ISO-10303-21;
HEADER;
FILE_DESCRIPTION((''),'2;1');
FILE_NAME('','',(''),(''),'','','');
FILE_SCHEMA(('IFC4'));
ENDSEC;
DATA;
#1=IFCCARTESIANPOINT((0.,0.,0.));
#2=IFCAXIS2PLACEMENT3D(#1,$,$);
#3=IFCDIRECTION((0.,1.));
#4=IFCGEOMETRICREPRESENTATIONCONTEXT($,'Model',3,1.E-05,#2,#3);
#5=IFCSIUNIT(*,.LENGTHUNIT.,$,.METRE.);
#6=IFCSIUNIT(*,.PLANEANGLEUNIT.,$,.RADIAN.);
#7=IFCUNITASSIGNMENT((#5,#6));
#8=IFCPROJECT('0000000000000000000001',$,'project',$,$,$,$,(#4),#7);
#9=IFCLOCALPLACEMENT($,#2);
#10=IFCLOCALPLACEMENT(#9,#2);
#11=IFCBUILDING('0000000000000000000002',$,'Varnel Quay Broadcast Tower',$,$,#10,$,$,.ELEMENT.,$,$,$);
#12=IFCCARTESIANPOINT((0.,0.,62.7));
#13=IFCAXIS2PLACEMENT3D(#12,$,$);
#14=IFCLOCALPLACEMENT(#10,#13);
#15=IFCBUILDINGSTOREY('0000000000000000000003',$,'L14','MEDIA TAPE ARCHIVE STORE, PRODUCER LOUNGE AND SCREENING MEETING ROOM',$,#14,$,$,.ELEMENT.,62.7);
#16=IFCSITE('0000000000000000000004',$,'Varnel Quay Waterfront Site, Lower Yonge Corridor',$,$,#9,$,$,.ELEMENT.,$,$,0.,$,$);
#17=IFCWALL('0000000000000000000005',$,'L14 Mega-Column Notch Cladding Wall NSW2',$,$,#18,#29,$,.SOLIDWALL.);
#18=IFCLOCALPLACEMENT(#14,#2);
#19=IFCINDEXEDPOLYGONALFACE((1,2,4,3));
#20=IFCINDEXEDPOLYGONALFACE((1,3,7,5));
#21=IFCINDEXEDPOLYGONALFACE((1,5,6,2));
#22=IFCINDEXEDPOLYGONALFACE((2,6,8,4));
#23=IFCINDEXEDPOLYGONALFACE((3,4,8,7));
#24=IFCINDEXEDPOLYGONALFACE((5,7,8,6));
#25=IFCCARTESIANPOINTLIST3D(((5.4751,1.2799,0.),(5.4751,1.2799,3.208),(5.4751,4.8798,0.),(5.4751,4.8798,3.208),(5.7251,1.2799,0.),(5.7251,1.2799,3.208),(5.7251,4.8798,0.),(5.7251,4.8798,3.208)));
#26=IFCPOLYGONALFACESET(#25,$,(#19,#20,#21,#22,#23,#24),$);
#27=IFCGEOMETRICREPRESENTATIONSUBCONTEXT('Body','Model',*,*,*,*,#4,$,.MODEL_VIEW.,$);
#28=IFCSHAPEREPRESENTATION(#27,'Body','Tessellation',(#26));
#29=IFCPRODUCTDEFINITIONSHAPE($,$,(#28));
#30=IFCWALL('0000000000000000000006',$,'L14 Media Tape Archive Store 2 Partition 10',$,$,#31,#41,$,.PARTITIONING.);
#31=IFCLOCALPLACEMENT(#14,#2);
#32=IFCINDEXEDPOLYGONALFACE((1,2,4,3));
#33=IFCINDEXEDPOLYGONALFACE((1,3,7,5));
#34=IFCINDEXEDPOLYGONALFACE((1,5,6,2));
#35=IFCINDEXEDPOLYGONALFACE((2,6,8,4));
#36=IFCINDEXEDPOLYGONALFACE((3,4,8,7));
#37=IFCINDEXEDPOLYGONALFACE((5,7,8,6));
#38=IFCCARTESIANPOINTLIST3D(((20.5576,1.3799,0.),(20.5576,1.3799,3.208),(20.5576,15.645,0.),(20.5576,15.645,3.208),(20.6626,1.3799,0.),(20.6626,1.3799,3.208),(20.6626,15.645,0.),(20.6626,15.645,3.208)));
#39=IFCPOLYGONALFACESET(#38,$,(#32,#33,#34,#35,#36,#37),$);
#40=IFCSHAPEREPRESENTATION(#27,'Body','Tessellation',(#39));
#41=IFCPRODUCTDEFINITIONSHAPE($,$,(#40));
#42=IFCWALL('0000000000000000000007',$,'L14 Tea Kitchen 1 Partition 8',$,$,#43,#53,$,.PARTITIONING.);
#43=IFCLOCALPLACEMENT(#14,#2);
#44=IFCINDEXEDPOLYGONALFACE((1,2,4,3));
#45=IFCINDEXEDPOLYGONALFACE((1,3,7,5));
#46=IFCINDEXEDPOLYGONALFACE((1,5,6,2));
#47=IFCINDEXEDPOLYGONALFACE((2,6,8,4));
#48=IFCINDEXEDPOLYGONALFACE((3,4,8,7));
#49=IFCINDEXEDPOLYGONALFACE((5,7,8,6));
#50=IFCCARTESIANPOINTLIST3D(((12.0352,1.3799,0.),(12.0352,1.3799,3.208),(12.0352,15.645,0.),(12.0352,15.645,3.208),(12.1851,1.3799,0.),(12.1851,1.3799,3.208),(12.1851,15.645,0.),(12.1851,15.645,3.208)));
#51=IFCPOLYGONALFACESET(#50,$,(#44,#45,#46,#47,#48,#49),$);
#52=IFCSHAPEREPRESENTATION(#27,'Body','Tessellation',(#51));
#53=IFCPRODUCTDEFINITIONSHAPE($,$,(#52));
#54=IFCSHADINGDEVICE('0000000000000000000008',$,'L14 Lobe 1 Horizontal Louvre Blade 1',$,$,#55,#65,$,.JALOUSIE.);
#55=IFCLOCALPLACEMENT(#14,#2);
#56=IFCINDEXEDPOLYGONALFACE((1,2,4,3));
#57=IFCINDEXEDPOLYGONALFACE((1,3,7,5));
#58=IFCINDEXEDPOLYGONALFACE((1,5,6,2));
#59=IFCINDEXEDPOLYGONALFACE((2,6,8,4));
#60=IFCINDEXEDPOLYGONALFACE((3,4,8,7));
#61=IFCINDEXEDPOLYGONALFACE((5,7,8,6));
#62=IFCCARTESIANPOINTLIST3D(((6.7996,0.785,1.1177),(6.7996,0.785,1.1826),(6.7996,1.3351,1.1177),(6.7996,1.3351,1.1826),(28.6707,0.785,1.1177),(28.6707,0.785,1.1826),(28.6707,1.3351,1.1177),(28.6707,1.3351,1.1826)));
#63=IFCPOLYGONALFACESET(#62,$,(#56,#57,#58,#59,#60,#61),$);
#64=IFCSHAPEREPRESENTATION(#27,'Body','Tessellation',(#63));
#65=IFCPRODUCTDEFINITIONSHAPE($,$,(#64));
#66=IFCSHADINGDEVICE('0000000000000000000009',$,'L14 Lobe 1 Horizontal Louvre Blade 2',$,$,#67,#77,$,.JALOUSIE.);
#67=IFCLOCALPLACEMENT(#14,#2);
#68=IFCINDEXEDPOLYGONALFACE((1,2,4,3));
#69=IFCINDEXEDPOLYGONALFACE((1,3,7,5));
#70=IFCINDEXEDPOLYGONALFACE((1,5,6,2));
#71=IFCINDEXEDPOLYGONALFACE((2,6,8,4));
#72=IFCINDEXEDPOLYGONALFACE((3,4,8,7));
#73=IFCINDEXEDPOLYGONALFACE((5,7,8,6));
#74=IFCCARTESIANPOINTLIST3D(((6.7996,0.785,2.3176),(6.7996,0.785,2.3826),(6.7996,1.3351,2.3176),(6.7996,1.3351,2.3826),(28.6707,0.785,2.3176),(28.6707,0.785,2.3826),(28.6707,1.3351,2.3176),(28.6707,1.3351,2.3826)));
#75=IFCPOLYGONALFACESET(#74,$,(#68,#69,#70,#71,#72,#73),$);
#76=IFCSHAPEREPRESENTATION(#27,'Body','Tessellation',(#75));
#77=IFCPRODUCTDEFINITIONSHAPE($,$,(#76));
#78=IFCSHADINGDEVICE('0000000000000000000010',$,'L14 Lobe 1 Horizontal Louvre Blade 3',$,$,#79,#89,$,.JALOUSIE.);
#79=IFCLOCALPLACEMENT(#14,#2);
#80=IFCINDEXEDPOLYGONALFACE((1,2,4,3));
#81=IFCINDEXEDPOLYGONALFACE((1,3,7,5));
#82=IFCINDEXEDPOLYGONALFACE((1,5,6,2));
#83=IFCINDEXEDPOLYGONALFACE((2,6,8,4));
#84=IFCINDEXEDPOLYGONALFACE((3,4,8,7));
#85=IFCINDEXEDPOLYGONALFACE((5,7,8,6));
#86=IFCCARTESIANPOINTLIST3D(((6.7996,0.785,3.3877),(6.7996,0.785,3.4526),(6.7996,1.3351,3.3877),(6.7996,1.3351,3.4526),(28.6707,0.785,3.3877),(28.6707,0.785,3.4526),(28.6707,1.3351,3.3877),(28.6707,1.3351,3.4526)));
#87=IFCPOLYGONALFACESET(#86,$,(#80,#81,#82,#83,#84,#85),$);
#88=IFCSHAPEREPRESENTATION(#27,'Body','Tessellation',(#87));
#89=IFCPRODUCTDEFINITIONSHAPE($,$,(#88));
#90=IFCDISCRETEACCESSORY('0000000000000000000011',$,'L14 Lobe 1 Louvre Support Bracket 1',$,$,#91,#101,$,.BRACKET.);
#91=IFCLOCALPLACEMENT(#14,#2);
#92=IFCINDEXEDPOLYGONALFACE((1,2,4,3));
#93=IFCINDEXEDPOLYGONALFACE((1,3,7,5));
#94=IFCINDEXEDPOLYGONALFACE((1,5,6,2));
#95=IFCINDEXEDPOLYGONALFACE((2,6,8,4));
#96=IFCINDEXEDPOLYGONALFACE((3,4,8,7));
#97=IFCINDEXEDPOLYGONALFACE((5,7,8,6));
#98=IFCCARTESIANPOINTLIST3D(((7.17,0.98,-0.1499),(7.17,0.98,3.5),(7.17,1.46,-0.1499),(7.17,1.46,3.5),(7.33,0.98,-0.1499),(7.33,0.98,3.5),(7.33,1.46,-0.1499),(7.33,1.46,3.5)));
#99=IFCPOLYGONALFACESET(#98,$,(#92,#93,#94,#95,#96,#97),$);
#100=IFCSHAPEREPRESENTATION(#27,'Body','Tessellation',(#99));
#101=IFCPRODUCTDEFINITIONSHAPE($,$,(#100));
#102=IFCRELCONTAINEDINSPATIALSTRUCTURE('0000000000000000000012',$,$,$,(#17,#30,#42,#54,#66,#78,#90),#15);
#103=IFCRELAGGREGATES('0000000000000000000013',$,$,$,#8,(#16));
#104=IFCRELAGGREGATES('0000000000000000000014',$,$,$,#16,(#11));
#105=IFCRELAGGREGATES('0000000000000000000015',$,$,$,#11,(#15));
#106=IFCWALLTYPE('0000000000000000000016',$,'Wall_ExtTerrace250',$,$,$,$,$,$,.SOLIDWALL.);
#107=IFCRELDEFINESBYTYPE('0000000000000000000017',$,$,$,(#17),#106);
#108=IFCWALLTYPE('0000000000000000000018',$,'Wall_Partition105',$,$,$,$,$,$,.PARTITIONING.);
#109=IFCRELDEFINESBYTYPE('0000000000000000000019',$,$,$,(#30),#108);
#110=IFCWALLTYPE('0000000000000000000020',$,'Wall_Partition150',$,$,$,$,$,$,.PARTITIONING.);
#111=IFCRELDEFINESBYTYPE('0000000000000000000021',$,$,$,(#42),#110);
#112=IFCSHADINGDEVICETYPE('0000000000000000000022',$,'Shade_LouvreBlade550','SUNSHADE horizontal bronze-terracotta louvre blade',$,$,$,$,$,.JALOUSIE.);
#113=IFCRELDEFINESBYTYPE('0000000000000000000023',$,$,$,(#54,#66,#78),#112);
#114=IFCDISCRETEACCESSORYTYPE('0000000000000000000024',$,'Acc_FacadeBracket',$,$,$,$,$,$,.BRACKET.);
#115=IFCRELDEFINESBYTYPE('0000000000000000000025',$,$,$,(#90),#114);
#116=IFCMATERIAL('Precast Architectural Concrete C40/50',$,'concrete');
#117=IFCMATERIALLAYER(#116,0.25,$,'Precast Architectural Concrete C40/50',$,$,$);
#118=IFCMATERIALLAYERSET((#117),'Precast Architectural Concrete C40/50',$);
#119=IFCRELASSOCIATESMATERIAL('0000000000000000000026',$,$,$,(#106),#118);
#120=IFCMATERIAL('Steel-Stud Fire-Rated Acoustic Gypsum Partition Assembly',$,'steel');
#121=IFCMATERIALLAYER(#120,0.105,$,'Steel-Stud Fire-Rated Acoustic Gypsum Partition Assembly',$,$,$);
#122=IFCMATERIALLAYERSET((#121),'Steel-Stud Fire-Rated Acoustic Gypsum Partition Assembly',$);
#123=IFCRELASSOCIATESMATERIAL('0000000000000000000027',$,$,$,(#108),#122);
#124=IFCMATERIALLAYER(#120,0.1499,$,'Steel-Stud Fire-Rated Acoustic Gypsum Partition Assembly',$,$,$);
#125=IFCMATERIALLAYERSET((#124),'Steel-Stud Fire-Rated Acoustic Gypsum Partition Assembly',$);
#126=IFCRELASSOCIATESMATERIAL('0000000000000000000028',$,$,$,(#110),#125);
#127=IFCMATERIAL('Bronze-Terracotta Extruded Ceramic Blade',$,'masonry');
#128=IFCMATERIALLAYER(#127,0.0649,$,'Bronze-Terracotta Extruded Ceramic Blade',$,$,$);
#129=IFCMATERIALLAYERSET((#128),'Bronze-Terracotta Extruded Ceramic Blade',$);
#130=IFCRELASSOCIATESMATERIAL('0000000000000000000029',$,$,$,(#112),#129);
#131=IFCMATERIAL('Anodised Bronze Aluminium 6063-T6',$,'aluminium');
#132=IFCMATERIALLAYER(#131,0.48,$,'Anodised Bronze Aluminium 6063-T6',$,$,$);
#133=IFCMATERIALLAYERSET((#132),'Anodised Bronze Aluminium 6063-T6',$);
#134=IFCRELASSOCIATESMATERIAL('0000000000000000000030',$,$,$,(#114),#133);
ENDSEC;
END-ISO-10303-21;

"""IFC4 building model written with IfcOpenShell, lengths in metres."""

from ifc_helpers import new_model, si_unit, direction, frame, frame_2d, origin, origin_2d, place, context, subcontext, project, spatial, rectangle, extrude, source, transform, mapped, material, layer, layer_set, type_object, type_shapes, element, save


model = new_model("IFC4")

# Units and contexts
model_context = context("Model", 3, precision=1e-05, world=origin(), true_north=direction((0.0, 1.0)))
body_context = subcontext(model_context, "Body", "Model", "MODEL_VIEW")
ifc_project = project(units=[si_unit("LENGTHUNIT", "METRE"), si_unit("PLANEANGLEUNIT", "RADIAN")], contexts=[model_context])

# Site, building, storey
site_placement = place(None, origin())
site = spatial("IfcSite", under=ifc_project, at=site_placement, Name="Varnel Quay Waterfront Site, Lower Yonge Corridor", CompositionType="ELEMENT", RefElevation=0.0)
building_placement = place(site_placement, origin())
building = spatial("IfcBuilding", under=site, at=building_placement, Name="Varnel Quay Broadcast Tower", CompositionType="ELEMENT")
storey_placement = place(building_placement, frame((0.0, 0.0, 62.7)))
storey = spatial("IfcBuildingStorey", under=building, at=storey_placement, Name="L14", Description="MEDIA TAPE ARCHIVE STORE, PRODUCER LOUNGE AND SCREENING MEETING ROOM", CompositionType="ELEMENT", Elevation=62.7)

# Shared definitions
ifc_material_1 = material(Name="Anodised Bronze Aluminium 6063-T6", Category="aluminium")

# Walls
ifc_material_2 = material(Name="Precast Architectural Concrete C40/50", Category="concrete")
ifc_layer_1 = layer(ifc_material_2, 0.25, Name="Precast Architectural Concrete C40/50")
ifc_layer_set_1 = layer_set([ifc_layer_1], Name="Precast Architectural Concrete C40/50")
wall_type_1 = type_object("IfcWallType", Name="Wall_ExtTerrace250", PredefinedType="SOLIDWALL", material=ifc_layer_set_1)
wall_1_placement = place(storey_placement, frame((5.6001, 1.28, 0.0), z_axis=(0.0, 0.0, 1.0), x_axis=(0.0, 1.0, 0.0)))
element("IfcWall", 1, at=wall_1_placement, inside=storey, type_object=wall_type_1, Name="L14 Mega-Column Notch Cladding Wall NSW2", PredefinedType="SOLIDWALL", context=body_context, shape_type="SweptSolid", body=[
    extrude(rectangle(XDim=3.5999, YDim=0.25, at=frame_2d((1.7998, 0.0))), origin(), (0.0, 0.0, 1.0), 3.208),
])
ifc_material_3 = material(Name="Steel-Stud Fire-Rated Acoustic Gypsum Partition Assembly", Category="steel")
ifc_layer_2 = layer(ifc_material_3, 0.105, Name="Steel-Stud Fire-Rated Acoustic Gypsum Partition Assembly")
ifc_layer_set_2 = layer_set([ifc_layer_2], Name="Steel-Stud Fire-Rated Acoustic Gypsum Partition Assembly")
wall_type_2 = type_object("IfcWallType", Name="Wall_Partition105", PredefinedType="PARTITIONING", material=ifc_layer_set_2)
wall_2_placement = place(storey_placement, frame((20.6101, 1.3799, 0.0), z_axis=(0.0, 0.0, 1.0), x_axis=(0.0, 1.0, 0.0)))
element("IfcWall", 2, at=wall_2_placement, inside=storey, type_object=wall_type_2, Name="L14 Media Tape Archive Store 2 Partition 10", PredefinedType="PARTITIONING", context=body_context, shape_type="SweptSolid", body=[
    extrude(rectangle(XDim=14.2651, YDim=0.105, at=frame_2d((7.1326, 0.0))), origin(), (0.0, 0.0, 1.0), 3.208),
])
ifc_layer_3 = layer(ifc_material_3, 0.1499, Name="Steel-Stud Fire-Rated Acoustic Gypsum Partition Assembly")
ifc_layer_set_3 = layer_set([ifc_layer_3], Name="Steel-Stud Fire-Rated Acoustic Gypsum Partition Assembly")
wall_type_3 = type_object("IfcWallType", Name="Wall_Partition150", PredefinedType="PARTITIONING", material=ifc_layer_set_3)
wall_3_placement = place(storey_placement, frame((12.1101, 1.3799, 0.0), z_axis=(0.0, 0.0, 1.0), x_axis=(0.0, 1.0, 0.0)))
element("IfcWall", 3, at=wall_3_placement, inside=storey, type_object=wall_type_3, Name="L14 Tea Kitchen 1 Partition 8", PredefinedType="PARTITIONING", context=body_context, shape_type="SweptSolid", body=[
    extrude(rectangle(XDim=14.2651, YDim=0.1499, at=frame_2d((7.1326, 0.0))), origin(), (0.0, 0.0, 1.0), 3.208),
])

# Shading devices
ifc_material_4 = material(Name="Bronze-Terracotta Extruded Ceramic Blade", Category="masonry")
ifc_layer_4 = layer(ifc_material_4, 0.0649, Name="Bronze-Terracotta Extruded Ceramic Blade")
ifc_layer_set_4 = layer_set([ifc_layer_4], Name="Bronze-Terracotta Extruded Ceramic Blade")
shading_device_type = type_object("IfcShadingDeviceType", Name="Shade_LouvreBlade550", Description="SUNSHADE horizontal bronze-terracotta louvre blade", PredefinedType="JALOUSIE", material=ifc_layer_set_4)
shared_shape_1 = source(origin(), body_context, "Body", "SweptSolid", [
    extrude(rectangle(XDim=21.8711, YDim=0.55, at=origin_2d()), origin(), (0.0, 0.0, 1.0), 0.0649),
])
type_shapes(shading_device_type, [shared_shape_1])
for number, where, z_axis, x_axis, name in (
    (4, (17.7351, 1.0601, 1.1177), (0.0, 0.0, 1.0), (1.0, 0.0, 0.0), "L14 Lobe 1 Horizontal Louvre Blade 1"),
    (5, (17.7351, 1.0601, 2.3176), (0.0, 0.0, 1.0), (1.0, 0.0, 0.0), "L14 Lobe 1 Horizontal Louvre Blade 2"),
    (6, (17.7351, 1.0601, 3.3877), (0.0, 0.0, 1.0), (1.0, 0.0, 0.0), "L14 Lobe 1 Horizontal Louvre Blade 3"),
):
    element("IfcShadingDevice", number, at=place(storey_placement, frame(where, z_axis=z_axis, x_axis=x_axis)), inside=storey, type_object=shading_device_type, Name=name, PredefinedType="JALOUSIE", context=body_context, shape_type="MappedRepresentation", body=[
        mapped(shared_shape_1, transform((0.0, 0.0, 0.0), x_axis=(1.0, 0.0, 0.0), y_axis=(0.0, 1.0, 0.0), z_axis=(0.0, 0.0, 1.0), scale=1.0)),
    ])

# Discrete accessory
ifc_layer_5 = layer(ifc_material_1, 0.48, Name="Anodised Bronze Aluminium 6063-T6")
ifc_layer_set_5 = layer_set([ifc_layer_5], Name="Anodised Bronze Aluminium 6063-T6")
discrete_accessory_type = type_object("IfcDiscreteAccessoryType", Name="Acc_FacadeBracket", PredefinedType="BRACKET", material=ifc_layer_set_5)
shared_shape_2 = source(origin(), body_context, "Body", "SweptSolid", [
    extrude(rectangle(XDim=0.1599, YDim=0.48, at=origin_2d()), origin(), (0.0, 0.0, 1.0), 3.6499),
])
type_shapes(discrete_accessory_type, [shared_shape_2])
discrete_accessory_placement = place(storey_placement, frame((7.25, 1.22, -0.1499), z_axis=(0.0, 0.0, 1.0), x_axis=(1.0, 0.0, 0.0)))
element("IfcDiscreteAccessory", 7, at=discrete_accessory_placement, inside=storey, type_object=discrete_accessory_type, Name="L14 Lobe 1 Louvre Support Bracket 1", PredefinedType="BRACKET", context=body_context, shape_type="MappedRepresentation", body=[
    mapped(shared_shape_2, transform((0.0, 0.0, 0.0), x_axis=(1.0, 0.0, 0.0), y_axis=(0.0, 1.0, 0.0), z_axis=(0.0, 0.0, 1.0), scale=1.0)),
])

save(model, "model.ifc")
